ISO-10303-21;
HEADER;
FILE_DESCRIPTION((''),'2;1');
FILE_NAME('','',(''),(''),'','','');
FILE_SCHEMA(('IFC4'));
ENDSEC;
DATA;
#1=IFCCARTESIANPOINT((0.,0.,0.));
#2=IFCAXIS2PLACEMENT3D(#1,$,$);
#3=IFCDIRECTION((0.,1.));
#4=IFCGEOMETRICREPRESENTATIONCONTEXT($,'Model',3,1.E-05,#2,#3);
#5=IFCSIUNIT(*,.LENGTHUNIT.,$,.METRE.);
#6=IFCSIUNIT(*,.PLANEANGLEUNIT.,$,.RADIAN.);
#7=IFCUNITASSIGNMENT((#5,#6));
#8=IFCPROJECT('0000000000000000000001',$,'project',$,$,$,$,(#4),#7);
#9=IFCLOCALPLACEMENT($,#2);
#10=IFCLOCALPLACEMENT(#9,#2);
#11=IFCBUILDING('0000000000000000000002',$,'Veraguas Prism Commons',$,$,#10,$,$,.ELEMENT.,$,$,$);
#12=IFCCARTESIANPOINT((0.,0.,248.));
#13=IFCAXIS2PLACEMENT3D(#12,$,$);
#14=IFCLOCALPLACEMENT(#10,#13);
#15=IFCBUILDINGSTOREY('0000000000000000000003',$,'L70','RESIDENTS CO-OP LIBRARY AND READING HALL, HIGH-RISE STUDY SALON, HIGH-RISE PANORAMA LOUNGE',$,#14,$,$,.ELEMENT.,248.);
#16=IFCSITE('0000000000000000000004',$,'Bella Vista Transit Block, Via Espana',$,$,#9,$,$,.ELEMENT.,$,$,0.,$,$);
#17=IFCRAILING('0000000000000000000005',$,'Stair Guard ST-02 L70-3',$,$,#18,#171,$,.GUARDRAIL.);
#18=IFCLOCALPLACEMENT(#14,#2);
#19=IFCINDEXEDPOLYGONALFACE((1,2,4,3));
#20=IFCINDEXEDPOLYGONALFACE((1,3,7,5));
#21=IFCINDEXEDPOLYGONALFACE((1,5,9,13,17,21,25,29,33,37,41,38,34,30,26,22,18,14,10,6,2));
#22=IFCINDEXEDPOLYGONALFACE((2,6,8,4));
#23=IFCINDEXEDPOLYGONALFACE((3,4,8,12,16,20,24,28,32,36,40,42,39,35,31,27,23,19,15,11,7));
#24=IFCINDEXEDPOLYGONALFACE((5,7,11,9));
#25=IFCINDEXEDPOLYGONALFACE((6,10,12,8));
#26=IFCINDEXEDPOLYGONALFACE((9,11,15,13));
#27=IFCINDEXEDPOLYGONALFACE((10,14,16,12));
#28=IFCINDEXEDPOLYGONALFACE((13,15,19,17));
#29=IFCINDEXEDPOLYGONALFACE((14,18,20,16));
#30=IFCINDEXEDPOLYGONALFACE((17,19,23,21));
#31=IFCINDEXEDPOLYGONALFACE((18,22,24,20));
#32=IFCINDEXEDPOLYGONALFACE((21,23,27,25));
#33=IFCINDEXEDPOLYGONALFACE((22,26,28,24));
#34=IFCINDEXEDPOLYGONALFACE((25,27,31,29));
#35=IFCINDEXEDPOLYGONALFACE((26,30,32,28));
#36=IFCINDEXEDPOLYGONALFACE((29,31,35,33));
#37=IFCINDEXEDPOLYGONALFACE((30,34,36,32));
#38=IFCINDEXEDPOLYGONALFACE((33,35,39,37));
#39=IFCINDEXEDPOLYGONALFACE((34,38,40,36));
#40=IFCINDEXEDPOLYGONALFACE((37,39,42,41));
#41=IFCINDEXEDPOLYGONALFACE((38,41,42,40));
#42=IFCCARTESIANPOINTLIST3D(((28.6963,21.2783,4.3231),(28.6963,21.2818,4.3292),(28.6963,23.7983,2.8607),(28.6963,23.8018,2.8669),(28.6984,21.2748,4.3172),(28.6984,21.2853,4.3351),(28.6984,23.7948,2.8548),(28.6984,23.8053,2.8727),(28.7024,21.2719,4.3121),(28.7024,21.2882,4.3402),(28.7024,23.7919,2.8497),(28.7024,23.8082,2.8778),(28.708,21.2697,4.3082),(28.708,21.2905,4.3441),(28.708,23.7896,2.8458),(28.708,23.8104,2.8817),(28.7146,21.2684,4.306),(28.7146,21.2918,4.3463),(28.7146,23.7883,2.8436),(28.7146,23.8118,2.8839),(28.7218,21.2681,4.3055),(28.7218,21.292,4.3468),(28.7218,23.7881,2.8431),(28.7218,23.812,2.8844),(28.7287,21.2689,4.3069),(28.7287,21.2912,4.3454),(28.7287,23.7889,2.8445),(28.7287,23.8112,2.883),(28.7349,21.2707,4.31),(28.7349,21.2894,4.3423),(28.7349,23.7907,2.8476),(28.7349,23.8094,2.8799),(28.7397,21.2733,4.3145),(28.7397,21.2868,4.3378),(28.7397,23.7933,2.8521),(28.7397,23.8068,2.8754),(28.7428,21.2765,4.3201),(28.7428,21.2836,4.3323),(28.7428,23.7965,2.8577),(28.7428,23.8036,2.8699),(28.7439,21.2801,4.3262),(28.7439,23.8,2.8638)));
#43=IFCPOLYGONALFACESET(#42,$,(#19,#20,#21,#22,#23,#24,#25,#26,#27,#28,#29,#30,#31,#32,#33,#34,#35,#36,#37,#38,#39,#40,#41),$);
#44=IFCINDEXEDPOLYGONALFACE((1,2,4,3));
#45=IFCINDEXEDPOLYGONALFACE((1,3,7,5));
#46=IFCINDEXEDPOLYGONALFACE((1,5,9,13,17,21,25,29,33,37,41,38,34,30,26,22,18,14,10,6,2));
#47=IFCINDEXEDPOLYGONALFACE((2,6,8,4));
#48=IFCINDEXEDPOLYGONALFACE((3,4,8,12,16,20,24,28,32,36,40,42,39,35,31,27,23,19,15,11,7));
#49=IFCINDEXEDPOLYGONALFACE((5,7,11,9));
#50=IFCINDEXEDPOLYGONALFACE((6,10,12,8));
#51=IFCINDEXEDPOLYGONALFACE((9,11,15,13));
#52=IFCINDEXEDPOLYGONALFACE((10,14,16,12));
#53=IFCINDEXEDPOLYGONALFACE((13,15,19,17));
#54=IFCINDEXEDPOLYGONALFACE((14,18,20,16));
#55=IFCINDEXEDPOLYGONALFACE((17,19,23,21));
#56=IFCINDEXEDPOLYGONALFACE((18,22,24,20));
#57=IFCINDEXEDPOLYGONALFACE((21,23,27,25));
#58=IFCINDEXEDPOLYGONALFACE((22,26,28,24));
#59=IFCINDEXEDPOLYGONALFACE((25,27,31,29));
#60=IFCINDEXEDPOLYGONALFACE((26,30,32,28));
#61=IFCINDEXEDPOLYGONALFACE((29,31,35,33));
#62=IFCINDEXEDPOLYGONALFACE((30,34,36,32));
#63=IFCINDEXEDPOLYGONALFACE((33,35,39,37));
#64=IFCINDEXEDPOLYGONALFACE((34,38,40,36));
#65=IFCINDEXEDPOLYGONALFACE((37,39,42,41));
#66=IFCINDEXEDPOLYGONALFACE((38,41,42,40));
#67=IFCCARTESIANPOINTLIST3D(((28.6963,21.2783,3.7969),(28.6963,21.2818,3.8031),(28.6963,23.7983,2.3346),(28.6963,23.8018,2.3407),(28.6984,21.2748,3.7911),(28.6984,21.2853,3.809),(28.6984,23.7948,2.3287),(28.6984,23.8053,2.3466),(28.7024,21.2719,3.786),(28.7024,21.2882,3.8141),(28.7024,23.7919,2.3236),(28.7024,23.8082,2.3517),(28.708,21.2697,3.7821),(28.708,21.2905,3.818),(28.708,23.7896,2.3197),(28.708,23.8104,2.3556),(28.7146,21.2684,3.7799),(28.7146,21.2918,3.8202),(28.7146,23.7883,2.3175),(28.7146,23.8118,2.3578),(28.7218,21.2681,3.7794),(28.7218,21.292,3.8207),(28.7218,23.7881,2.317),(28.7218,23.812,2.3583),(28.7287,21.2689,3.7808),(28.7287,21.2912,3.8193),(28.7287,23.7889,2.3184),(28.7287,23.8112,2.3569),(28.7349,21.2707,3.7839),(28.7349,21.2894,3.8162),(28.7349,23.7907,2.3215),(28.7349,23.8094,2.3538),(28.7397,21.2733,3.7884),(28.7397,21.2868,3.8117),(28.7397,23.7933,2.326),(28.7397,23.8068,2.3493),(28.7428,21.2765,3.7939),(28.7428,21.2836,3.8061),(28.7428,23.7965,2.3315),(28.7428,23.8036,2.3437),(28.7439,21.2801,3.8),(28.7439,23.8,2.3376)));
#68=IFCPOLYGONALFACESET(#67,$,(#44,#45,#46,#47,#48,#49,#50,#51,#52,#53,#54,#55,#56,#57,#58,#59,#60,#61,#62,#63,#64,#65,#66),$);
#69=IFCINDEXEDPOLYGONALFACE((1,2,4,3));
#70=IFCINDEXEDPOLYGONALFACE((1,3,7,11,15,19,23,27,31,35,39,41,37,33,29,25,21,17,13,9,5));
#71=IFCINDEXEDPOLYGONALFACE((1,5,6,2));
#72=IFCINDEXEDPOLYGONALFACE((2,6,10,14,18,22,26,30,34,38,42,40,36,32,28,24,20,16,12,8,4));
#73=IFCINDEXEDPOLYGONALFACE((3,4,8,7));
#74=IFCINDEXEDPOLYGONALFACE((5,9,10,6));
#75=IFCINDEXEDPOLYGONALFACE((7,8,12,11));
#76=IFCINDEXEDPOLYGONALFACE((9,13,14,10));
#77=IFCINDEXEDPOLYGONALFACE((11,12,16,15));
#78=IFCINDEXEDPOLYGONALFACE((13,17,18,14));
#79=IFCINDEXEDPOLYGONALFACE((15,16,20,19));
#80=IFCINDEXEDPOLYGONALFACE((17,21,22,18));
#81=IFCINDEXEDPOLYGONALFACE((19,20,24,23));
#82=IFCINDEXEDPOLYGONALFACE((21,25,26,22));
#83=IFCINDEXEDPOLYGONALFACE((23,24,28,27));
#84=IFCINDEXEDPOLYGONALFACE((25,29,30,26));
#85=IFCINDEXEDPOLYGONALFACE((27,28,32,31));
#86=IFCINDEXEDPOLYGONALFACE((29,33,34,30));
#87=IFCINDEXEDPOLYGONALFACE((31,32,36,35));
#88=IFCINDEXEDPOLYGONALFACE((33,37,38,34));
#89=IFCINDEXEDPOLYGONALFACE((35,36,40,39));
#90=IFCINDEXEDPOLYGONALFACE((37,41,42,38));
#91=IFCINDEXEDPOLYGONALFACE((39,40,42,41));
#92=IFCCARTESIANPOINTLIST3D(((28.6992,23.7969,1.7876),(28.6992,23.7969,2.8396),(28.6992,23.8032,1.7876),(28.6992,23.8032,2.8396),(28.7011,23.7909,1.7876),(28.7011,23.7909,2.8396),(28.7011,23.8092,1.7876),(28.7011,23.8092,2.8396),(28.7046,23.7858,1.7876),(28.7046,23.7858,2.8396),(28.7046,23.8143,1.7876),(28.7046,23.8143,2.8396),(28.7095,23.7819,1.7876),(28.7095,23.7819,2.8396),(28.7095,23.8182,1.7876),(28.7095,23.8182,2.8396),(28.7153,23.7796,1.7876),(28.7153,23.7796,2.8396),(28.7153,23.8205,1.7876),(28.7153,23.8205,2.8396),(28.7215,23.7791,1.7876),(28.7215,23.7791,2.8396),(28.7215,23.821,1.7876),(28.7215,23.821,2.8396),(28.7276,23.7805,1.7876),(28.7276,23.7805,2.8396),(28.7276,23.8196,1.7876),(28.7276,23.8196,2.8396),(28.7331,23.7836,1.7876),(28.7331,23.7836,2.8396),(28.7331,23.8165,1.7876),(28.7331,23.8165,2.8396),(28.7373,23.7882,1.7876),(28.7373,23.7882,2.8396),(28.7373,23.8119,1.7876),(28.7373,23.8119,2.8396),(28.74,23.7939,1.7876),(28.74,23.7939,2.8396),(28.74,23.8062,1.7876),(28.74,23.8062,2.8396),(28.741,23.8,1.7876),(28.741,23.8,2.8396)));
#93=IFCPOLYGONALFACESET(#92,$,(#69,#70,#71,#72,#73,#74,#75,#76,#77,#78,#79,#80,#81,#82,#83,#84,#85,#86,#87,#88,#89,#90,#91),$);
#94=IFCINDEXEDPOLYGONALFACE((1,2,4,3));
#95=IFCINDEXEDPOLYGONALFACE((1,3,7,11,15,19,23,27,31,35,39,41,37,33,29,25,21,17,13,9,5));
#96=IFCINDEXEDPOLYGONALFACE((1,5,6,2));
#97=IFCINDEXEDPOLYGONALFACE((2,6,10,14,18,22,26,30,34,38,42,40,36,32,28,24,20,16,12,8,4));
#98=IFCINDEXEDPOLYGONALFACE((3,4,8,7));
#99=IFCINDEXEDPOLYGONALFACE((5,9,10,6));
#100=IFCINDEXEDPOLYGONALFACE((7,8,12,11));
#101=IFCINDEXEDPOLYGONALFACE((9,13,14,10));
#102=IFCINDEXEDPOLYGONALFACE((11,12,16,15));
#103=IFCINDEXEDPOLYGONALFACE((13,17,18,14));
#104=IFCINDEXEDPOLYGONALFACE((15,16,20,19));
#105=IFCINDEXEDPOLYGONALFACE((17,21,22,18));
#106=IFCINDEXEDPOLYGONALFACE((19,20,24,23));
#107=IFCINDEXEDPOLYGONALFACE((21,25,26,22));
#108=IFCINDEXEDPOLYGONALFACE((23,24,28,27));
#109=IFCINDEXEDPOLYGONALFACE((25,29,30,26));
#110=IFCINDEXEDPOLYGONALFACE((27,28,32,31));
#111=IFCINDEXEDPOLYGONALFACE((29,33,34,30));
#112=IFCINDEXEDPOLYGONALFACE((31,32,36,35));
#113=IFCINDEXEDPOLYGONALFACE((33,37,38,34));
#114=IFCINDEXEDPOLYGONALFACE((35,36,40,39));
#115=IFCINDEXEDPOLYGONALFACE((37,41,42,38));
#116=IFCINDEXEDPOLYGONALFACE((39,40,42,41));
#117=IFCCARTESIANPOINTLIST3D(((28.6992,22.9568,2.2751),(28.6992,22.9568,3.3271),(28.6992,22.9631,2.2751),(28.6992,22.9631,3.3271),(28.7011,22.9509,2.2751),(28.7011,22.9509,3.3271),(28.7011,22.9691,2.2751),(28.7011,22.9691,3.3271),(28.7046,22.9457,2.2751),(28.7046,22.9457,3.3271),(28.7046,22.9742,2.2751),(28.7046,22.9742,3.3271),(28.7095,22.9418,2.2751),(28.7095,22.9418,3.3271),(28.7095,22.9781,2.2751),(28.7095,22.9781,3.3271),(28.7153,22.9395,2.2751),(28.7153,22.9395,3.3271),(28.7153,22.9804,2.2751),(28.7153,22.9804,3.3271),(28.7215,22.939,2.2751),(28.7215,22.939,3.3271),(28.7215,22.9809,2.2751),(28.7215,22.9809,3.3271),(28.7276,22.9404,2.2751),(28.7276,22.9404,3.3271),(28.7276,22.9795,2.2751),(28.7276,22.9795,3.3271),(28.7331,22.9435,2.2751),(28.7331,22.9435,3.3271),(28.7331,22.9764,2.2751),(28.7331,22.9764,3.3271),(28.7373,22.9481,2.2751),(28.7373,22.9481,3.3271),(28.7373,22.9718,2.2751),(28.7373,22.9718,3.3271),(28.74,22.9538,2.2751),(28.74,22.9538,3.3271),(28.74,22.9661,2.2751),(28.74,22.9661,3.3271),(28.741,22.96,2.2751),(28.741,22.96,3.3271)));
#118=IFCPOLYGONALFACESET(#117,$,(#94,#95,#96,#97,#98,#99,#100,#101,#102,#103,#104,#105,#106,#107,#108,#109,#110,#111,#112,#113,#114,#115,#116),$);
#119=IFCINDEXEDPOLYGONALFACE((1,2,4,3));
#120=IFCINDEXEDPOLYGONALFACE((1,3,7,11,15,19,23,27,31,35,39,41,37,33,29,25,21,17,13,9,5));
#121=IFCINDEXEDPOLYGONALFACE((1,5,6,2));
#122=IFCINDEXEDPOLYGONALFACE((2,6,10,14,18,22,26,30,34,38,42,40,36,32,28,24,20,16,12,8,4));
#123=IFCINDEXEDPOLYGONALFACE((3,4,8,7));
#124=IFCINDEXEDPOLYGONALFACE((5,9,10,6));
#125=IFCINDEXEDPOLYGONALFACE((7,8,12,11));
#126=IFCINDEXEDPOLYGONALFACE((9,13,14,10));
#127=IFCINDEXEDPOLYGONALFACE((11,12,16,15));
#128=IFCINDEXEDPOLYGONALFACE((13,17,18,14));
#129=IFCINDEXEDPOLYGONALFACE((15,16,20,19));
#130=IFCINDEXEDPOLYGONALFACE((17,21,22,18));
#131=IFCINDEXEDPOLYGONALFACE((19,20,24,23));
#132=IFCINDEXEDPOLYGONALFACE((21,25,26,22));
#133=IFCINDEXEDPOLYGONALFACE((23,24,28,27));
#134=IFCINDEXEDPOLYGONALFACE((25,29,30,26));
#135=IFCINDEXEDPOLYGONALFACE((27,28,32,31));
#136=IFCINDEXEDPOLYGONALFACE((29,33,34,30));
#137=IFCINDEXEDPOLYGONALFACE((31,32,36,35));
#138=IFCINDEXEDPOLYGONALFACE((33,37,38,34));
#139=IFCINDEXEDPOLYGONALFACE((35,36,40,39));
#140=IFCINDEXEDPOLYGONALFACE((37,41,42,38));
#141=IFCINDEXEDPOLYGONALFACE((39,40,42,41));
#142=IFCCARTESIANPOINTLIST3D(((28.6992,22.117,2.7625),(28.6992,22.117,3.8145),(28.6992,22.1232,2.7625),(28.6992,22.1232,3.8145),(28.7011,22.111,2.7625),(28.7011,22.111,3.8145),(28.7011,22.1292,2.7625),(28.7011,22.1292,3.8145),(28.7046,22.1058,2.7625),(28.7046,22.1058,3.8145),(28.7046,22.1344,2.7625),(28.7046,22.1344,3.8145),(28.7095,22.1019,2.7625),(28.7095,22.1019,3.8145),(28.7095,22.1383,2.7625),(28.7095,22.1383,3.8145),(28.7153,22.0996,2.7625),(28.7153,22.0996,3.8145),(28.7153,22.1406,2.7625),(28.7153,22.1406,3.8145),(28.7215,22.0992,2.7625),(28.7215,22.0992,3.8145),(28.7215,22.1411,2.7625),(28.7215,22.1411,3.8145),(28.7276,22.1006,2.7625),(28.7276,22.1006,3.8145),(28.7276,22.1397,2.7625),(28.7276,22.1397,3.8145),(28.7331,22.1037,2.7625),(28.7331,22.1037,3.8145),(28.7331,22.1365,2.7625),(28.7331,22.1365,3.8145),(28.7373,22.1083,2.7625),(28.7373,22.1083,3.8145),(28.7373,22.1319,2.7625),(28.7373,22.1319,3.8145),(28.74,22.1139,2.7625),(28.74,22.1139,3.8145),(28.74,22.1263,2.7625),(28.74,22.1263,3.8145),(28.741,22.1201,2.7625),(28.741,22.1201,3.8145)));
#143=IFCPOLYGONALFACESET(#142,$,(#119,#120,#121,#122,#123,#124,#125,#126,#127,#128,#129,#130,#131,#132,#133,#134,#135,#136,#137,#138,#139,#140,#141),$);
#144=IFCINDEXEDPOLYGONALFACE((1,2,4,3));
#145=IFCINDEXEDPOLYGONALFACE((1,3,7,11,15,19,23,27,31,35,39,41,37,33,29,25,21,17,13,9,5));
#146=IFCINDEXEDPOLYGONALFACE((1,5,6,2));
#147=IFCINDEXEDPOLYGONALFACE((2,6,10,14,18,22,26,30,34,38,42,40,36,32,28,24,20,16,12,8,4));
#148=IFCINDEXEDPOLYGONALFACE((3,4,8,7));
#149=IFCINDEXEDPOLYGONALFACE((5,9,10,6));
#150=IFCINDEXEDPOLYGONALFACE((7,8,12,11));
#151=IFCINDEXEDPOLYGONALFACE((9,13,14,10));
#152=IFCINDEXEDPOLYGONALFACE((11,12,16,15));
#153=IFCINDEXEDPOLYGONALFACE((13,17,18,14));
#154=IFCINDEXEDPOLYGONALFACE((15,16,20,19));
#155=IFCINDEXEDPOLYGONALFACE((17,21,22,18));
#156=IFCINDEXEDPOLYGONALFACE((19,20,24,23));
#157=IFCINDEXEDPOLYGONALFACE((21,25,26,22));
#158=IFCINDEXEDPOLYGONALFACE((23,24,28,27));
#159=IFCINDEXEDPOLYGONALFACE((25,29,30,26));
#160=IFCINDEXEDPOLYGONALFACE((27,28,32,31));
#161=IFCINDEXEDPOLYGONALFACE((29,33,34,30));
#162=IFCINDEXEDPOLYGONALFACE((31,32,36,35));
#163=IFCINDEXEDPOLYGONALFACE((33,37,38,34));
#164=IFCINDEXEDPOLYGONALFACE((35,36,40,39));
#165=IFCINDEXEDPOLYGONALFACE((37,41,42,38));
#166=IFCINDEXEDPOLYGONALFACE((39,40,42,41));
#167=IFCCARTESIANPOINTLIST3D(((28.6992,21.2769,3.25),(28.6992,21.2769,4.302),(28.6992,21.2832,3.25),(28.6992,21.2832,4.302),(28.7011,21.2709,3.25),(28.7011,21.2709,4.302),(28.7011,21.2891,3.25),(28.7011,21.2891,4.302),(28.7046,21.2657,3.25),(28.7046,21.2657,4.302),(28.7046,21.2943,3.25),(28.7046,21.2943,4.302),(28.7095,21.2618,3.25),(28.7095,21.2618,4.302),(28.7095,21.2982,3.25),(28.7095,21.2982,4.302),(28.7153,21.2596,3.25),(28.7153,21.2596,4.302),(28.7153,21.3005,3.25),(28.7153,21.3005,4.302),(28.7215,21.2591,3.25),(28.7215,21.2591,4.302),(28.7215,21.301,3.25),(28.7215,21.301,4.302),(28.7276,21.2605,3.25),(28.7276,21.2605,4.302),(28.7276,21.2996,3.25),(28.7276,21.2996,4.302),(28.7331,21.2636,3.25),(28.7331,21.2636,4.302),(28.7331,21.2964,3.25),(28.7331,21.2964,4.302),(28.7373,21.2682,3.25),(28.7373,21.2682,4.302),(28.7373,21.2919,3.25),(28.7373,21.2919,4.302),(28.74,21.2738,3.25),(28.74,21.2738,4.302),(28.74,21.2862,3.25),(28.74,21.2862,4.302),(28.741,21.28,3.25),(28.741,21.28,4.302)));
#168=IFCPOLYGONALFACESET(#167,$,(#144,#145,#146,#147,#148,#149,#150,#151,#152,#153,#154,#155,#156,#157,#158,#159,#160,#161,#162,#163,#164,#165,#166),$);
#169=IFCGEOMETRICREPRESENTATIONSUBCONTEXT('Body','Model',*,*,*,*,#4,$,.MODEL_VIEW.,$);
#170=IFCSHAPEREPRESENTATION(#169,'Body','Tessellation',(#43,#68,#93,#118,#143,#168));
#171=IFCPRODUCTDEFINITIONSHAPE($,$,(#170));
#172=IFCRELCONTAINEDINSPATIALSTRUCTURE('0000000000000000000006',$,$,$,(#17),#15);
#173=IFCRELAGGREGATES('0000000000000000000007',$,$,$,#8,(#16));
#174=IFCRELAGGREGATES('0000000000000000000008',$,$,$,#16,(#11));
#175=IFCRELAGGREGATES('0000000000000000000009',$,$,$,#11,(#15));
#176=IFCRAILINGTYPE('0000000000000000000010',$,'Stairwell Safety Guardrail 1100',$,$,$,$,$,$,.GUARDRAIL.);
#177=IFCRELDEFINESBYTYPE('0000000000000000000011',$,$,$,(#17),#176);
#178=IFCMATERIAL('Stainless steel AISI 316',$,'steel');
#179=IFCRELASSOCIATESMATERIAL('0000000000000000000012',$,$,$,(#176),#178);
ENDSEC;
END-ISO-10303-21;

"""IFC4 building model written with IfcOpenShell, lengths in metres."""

from ifc_helpers import new_model, si_unit, direction, frame, origin, origin_2d, place, context, subcontext, project, spatial, circle, extrude, material, type_object, element, save


model = new_model("IFC4")

# Units and contexts
model_context = context("Model", 3, precision=1e-05, world=origin(), true_north=direction((0.0, 1.0)))
body_context = subcontext(model_context, "Body", "Model", "MODEL_VIEW")
ifc_project = project(units=[si_unit("LENGTHUNIT", "METRE"), si_unit("PLANEANGLEUNIT", "RADIAN")], contexts=[model_context])

# Site, building, storey
site_placement = place(None, origin())
site = spatial("IfcSite", under=ifc_project, at=site_placement, Name="Bella Vista Transit Block, Via Espana", CompositionType="ELEMENT", RefElevation=0.0)
building_placement = place(site_placement, origin())
building = spatial("IfcBuilding", under=site, at=building_placement, Name="Veraguas Prism Commons", CompositionType="ELEMENT")
storey_placement = place(building_placement, frame((0.0, 0.0, 248.0)))
storey = spatial("IfcBuildingStorey", under=building, at=storey_placement, Name="L70", Description="RESIDENTS CO-OP LIBRARY AND READING HALL, HIGH-RISE STUDY SALON, HIGH-RISE PANORAMA LOUNGE", CompositionType="ELEMENT", Elevation=248.0)

# Railing
ifc_material_1 = material(Name="Stainless steel AISI 316", Category="steel")
railing_type_1 = type_object("IfcRailingType", Name="Stairwell Safety Guardrail 1100", PredefinedType="GUARDRAIL", material=ifc_material_1)
railing_1_placement = place(storey_placement, frame((28.72, 23.8, 1.7876)))
element("IfcRailing", 1, at=railing_1_placement, inside=storey, type_object=railing_type_1, Name="Stair Guard ST-02 L70-3", PredefinedType="GUARDRAIL", context=body_context, shape_type="SweptSolid", body=[
    extrude(circle(Radius=0.0239, at=origin_2d()), frame((0.0, 0.0, 1.0762), z_axis=(0.0, -0.864913, 0.501921), x_axis=(1.0, 0.0, 0.0)), (0.0, 0.0, 1.0), 2.9136),
    extrude(circle(Radius=0.0239, at=origin_2d()), frame((0.0, 0.0, 0.55), z_axis=(0.0, -0.864913, 0.501921), x_axis=(1.0, 0.0, 0.0)), (0.0, 0.0, 1.0), 2.9136),
    extrude(circle(Radius=0.021, at=origin_2d()), origin(), (0.0, 0.0, 1.0), 1.052),
    extrude(circle(Radius=0.021, at=origin_2d()), frame((0.0, -0.8401, 0.4875)), (0.0, 0.0, 1.0), 1.052),
    extrude(circle(Radius=0.021, at=origin_2d()), frame((0.0, -1.6799, 0.9749)), (0.0, 0.0, 1.0), 1.052),
    extrude(circle(Radius=0.021, at=origin_2d()), frame((0.0, -2.52, 1.4624)), (0.0, 0.0, 1.0), 1.052),
])

save(model, "model.ifc")
